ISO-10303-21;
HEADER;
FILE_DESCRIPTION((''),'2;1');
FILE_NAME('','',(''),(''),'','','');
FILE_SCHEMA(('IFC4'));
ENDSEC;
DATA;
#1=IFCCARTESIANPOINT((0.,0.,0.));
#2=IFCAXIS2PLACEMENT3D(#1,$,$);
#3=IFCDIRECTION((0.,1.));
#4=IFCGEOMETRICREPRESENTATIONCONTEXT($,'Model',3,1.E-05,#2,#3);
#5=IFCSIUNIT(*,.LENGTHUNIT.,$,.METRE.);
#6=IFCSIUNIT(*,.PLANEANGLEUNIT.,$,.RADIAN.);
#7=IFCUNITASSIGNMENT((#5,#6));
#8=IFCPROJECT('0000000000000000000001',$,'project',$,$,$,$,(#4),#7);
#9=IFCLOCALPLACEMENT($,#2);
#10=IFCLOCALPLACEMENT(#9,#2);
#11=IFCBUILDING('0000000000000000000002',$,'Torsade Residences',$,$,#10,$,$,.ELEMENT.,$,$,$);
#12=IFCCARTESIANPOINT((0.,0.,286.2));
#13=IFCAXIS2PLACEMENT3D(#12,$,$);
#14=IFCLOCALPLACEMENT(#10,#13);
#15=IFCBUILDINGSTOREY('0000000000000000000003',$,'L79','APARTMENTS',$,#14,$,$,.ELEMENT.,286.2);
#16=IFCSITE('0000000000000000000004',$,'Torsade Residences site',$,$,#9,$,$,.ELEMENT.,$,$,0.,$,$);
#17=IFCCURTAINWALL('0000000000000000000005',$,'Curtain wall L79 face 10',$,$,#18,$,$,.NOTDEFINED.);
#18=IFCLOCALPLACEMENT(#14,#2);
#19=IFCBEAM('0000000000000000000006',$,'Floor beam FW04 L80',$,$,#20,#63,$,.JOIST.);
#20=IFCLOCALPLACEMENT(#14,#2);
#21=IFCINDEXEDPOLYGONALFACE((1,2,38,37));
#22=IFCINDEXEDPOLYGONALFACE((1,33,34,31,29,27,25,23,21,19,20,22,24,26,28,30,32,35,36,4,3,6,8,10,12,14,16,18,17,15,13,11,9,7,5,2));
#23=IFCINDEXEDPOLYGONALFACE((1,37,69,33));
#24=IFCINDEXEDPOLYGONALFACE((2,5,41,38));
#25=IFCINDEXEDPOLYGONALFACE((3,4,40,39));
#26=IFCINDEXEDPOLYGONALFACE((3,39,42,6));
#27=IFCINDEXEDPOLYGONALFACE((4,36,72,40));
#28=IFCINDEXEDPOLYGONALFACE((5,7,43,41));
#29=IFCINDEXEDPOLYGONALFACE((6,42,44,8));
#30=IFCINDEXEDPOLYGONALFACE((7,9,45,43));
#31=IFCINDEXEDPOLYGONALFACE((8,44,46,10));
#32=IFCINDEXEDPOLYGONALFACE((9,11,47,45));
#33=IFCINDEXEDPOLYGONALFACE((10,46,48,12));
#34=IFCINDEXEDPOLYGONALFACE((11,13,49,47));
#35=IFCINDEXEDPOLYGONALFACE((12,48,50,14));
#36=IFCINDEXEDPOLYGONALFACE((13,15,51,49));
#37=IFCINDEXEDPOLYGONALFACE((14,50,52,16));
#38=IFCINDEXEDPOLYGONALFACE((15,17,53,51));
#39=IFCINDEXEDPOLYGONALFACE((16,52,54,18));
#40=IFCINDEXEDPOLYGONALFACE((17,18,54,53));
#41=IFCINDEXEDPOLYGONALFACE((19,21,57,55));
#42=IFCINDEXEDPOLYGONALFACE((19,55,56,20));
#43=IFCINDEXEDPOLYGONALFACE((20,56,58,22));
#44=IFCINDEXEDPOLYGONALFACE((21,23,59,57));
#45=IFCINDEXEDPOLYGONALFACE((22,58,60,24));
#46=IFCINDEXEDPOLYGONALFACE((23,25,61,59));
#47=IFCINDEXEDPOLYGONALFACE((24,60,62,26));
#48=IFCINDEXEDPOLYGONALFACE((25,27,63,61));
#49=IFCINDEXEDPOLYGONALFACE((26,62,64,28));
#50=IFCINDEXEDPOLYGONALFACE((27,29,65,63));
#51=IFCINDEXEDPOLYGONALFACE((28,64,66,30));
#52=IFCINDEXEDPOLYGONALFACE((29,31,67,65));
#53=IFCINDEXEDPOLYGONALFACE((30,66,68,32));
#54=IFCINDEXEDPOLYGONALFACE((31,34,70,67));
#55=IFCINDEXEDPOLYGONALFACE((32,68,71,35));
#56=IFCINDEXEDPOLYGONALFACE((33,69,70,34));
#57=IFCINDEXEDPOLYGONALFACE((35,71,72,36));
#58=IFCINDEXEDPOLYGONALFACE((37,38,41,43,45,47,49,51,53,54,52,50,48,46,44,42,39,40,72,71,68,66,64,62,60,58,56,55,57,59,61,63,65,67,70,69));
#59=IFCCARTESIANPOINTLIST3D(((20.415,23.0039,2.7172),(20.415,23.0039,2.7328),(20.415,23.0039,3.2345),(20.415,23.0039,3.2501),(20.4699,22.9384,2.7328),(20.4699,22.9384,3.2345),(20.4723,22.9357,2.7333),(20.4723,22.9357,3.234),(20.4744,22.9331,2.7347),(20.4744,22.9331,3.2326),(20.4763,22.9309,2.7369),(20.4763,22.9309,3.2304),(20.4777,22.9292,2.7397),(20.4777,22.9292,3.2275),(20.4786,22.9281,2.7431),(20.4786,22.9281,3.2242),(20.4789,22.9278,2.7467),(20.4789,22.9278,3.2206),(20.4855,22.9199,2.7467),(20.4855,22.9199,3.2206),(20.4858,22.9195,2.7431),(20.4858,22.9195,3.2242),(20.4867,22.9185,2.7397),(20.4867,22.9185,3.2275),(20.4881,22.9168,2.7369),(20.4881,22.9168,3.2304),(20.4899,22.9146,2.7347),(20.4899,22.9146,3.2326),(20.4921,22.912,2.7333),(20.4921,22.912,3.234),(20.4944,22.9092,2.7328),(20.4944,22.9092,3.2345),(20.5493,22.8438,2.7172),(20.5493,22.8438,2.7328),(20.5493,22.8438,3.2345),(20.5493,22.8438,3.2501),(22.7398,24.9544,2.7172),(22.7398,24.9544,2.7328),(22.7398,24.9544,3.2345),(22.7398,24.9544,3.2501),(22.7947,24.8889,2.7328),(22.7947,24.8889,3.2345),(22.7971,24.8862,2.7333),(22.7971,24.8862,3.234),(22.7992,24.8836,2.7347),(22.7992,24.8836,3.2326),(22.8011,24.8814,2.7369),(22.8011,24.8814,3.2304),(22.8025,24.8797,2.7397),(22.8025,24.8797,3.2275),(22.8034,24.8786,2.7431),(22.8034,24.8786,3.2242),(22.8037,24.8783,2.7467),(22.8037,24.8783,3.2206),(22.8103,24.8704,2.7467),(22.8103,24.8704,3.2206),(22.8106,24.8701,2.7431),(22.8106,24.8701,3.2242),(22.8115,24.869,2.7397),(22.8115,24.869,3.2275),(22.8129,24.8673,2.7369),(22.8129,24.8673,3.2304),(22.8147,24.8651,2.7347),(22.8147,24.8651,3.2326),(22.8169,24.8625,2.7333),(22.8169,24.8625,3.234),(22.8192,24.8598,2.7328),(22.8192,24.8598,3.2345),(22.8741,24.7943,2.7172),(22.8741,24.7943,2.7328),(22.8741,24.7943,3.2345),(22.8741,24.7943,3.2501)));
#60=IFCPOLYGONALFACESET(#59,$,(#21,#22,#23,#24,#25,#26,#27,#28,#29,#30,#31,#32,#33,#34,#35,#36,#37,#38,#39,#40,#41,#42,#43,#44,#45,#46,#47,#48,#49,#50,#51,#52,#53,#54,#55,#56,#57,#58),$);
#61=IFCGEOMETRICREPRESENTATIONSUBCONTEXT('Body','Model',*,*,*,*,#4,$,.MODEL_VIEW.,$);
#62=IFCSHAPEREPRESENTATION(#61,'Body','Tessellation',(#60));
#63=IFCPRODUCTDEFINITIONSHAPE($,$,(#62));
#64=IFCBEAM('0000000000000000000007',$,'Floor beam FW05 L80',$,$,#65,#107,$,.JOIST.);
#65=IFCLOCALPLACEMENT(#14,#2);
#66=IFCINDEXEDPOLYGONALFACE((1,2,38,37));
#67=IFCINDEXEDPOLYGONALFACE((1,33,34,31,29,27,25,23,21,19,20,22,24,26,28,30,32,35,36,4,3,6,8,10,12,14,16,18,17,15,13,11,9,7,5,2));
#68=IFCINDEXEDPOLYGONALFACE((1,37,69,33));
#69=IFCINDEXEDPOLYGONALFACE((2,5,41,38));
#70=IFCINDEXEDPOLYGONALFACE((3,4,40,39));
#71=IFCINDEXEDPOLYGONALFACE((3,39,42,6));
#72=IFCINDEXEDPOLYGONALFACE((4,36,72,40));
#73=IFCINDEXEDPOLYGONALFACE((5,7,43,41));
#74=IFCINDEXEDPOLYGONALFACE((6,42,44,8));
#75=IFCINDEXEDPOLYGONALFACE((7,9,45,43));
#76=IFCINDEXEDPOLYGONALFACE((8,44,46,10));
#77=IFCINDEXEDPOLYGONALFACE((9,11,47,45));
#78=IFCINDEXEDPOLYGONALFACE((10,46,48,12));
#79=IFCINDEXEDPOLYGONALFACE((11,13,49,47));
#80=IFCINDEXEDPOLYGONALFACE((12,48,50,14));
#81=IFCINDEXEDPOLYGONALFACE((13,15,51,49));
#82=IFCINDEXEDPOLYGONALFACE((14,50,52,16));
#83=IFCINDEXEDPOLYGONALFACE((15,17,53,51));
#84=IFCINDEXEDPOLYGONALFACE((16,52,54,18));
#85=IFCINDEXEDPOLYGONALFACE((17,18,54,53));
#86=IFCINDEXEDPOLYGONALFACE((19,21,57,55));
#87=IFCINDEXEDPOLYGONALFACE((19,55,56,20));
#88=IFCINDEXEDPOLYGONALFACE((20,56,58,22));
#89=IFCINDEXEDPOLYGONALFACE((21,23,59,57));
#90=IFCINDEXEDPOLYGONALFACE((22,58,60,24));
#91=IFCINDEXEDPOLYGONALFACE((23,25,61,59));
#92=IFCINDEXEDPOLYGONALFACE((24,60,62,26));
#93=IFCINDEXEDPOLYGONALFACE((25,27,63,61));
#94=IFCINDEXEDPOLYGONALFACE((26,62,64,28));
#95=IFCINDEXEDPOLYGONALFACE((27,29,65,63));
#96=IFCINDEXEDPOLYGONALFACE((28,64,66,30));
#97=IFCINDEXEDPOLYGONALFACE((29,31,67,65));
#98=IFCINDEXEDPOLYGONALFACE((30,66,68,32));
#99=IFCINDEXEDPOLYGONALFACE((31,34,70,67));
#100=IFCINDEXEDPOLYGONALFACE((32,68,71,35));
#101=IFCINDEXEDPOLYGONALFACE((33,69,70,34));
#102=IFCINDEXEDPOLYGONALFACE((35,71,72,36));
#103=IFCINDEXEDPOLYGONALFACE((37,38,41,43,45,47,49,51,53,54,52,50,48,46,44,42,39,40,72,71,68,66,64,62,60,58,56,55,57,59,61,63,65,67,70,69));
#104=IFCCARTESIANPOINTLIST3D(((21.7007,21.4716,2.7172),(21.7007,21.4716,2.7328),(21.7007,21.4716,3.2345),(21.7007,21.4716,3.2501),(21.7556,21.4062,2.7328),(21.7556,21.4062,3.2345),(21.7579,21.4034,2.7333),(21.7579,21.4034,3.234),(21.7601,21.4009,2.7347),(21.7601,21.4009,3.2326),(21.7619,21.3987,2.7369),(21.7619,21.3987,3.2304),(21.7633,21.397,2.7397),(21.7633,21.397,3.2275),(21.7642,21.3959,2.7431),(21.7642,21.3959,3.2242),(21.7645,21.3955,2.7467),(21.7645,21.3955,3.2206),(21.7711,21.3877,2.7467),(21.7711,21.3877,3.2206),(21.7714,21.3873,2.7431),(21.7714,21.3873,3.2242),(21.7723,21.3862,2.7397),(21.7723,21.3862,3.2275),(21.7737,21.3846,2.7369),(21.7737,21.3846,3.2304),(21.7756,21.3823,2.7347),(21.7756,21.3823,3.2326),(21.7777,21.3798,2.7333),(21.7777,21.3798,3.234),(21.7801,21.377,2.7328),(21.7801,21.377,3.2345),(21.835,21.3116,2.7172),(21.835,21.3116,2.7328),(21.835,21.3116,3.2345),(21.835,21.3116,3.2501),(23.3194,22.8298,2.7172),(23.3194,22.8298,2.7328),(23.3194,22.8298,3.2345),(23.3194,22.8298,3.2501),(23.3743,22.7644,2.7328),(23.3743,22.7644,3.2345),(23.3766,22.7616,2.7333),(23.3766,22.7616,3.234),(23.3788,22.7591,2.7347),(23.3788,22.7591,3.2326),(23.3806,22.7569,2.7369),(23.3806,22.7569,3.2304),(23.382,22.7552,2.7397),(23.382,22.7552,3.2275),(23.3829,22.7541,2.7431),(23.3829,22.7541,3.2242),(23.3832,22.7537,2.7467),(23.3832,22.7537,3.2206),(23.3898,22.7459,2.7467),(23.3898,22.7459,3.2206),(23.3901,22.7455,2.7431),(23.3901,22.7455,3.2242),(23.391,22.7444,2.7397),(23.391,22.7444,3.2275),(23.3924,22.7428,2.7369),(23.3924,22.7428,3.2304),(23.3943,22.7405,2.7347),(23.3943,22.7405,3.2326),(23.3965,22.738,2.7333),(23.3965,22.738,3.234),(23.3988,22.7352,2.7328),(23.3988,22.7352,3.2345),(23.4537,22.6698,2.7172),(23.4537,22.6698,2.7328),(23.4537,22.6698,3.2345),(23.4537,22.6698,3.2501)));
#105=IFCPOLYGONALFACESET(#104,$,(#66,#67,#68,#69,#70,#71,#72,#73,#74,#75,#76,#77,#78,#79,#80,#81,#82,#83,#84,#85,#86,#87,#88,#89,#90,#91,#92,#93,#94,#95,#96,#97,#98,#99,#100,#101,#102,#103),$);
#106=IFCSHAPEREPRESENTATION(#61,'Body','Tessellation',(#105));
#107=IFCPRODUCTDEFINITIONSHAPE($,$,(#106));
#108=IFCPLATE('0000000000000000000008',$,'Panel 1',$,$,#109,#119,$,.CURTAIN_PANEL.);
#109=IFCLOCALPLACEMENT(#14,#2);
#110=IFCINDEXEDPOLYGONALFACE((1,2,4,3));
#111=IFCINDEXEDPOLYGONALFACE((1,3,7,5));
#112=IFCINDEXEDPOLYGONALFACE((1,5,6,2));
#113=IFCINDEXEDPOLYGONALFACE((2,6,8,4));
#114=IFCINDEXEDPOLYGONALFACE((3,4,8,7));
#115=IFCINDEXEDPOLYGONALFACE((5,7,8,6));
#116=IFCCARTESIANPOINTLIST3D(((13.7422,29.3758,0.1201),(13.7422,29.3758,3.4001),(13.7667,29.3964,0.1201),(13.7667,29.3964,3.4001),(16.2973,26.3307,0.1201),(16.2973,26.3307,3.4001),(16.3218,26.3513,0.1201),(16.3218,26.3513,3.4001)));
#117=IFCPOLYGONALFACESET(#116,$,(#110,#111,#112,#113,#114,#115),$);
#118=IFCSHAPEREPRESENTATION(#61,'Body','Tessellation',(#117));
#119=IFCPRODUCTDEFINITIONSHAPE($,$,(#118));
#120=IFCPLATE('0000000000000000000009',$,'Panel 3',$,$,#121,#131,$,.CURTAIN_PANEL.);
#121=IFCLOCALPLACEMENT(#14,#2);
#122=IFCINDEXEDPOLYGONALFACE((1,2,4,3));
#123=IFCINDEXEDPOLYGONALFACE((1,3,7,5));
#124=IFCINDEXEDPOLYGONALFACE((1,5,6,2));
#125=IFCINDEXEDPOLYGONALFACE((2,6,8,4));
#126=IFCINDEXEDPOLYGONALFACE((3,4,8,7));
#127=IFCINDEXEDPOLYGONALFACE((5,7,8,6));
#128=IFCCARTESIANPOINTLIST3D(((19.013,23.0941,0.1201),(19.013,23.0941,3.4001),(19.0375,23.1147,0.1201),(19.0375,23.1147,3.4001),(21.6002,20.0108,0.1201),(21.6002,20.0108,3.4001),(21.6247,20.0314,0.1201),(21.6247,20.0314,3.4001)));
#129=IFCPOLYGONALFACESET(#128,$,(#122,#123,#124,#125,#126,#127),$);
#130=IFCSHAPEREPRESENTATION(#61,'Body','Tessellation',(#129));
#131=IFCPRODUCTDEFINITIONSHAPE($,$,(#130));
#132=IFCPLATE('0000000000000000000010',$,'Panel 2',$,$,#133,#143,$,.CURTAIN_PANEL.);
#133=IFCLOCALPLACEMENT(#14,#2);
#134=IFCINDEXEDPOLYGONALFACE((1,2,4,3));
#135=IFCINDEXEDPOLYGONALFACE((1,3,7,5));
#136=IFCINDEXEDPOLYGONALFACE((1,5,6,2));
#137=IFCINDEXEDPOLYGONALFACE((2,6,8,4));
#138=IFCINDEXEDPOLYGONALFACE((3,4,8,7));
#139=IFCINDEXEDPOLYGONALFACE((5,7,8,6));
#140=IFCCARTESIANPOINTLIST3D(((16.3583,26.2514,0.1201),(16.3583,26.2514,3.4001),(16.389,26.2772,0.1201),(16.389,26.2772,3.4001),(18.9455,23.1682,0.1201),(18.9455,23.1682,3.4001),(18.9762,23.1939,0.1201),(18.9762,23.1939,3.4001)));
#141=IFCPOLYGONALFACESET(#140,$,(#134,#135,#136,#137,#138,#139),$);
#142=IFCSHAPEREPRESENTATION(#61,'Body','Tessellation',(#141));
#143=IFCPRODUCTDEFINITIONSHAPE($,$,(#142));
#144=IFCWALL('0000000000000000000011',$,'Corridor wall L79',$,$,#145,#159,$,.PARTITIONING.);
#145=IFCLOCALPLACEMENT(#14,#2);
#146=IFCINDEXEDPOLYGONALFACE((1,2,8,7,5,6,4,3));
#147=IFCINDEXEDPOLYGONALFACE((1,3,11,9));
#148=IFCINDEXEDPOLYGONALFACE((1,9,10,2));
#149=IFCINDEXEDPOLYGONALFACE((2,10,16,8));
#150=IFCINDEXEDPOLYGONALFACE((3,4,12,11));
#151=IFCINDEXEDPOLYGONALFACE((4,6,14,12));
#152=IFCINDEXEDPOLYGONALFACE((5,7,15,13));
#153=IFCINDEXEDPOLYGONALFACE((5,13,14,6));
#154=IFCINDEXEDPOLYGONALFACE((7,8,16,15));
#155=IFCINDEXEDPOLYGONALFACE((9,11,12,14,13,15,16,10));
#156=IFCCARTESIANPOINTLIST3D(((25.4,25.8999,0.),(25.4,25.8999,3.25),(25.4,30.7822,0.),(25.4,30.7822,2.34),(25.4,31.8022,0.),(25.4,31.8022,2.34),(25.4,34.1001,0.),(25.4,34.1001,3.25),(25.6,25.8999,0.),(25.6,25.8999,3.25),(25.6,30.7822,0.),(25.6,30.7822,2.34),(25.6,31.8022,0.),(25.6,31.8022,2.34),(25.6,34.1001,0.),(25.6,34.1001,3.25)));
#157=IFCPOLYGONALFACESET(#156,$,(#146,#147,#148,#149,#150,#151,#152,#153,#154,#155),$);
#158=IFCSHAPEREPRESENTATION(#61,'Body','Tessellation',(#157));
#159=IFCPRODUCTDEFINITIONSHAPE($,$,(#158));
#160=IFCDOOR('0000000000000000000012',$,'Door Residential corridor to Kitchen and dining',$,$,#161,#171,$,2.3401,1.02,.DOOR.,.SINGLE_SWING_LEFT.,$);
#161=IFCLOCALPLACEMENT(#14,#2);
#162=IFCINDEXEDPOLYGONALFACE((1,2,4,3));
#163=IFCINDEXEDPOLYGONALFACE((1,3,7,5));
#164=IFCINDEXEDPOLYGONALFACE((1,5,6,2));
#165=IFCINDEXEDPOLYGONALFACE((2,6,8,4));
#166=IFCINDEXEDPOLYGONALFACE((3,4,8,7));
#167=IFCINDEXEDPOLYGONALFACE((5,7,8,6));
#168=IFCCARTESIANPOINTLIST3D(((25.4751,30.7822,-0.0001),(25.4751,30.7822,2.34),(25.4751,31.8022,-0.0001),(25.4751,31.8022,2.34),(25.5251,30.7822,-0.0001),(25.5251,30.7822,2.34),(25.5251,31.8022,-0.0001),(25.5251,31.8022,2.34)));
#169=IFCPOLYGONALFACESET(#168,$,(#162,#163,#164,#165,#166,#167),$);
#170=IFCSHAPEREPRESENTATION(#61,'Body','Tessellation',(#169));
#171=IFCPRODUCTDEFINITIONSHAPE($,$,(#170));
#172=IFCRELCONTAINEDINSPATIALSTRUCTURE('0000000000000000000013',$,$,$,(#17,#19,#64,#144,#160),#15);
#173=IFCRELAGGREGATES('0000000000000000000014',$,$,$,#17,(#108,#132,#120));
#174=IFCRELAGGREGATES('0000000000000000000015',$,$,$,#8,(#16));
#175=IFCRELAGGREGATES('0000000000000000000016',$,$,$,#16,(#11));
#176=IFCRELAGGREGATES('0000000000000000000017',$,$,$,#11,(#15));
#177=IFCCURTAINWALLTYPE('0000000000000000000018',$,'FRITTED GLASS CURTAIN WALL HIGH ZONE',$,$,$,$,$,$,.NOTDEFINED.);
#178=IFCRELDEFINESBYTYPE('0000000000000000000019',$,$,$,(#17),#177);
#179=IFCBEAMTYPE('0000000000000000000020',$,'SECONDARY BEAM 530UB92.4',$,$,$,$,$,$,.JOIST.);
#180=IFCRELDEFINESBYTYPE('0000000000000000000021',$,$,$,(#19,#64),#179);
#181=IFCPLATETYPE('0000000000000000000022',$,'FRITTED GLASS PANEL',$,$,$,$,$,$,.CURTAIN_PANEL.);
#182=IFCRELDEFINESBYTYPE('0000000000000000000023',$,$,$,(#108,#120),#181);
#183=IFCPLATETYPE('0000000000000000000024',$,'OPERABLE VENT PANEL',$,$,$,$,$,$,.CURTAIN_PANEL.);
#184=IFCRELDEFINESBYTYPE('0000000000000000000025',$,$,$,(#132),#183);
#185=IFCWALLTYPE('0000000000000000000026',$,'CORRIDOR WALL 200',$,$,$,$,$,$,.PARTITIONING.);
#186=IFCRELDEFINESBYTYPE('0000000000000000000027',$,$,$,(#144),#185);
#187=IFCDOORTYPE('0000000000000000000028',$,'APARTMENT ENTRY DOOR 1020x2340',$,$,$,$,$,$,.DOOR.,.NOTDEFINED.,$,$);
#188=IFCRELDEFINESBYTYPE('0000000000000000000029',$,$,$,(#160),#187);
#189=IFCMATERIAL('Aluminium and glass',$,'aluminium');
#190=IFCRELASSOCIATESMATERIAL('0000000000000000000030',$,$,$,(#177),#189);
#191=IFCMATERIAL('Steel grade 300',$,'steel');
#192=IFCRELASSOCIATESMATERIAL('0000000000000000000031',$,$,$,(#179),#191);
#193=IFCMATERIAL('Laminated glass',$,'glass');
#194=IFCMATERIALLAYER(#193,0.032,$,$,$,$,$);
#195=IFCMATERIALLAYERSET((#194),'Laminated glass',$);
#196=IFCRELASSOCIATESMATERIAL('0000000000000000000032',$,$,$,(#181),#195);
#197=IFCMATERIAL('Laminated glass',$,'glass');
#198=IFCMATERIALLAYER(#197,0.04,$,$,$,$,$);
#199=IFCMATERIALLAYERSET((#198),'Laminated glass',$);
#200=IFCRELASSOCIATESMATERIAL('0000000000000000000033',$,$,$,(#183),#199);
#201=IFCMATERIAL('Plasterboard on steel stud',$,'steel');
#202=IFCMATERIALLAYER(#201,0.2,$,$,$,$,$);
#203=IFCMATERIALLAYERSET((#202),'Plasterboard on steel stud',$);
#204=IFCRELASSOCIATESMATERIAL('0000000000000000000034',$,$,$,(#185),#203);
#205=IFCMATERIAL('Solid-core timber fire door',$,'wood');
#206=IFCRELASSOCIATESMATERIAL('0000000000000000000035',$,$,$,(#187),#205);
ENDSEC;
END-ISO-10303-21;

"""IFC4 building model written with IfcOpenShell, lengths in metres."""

from ifc_helpers import new_model, si_unit, direction, frame, frame_2d, origin, origin_2d, place, context, subcontext, project, spatial, rectangle, i_section, extrude, material, layer, layer_set, material_profile, profile_set, type_object, element, fill, aggregate, save


model = new_model("IFC4")

# Units and contexts
model_context = context("Model", 3, precision=1e-05, world=origin(), true_north=direction((0.0, 1.0)))
body_context = subcontext(model_context, "Body", "Model", "MODEL_VIEW")
ifc_project = project(units=[si_unit("LENGTHUNIT", "METRE"), si_unit("PLANEANGLEUNIT", "RADIAN")], contexts=[model_context])

# Site, building, storey
site_placement = place(None, origin())
site = spatial("IfcSite", under=ifc_project, at=site_placement, Name="Torsade Residences site", CompositionType="ELEMENT", RefElevation=0.0)
building_placement = place(site_placement, origin())
building = spatial("IfcBuilding", under=site, at=building_placement, Name="Torsade Residences", CompositionType="ELEMENT")
storey_placement = place(building_placement, frame((0.0, 0.0, 286.2)))
storey = spatial("IfcBuildingStorey", under=building, at=storey_placement, Name="L79", Description="APARTMENTS", CompositionType="ELEMENT", Elevation=286.2)

# Curtain wall
ifc_material_1 = material(Name="Aluminium and glass", Category="aluminium")
curtain_wall_type = type_object("IfcCurtainWallType", Name="FRITTED GLASS CURTAIN WALL HIGH ZONE", PredefinedType="NOTDEFINED", material=ifc_material_1)
curtain_wall_placement = place(storey_placement, origin())
curtain_wall = element("IfcCurtainWall", 1, at=curtain_wall_placement, inside=storey, type_object=curtain_wall_type, Name="Curtain wall L79 face 10", PredefinedType="NOTDEFINED")

# Beams
ifc_material_2 = material(Name="Steel grade 300", Category="steel")
ifc_material_profile_1 = material_profile(ifc_material_2, i_section(OverallWidth=0.209, OverallDepth=0.533, WebThickness=0.0103, FlangeThickness=0.0156, FilletRadius=0.0139, at=origin_2d()), Name="530UB92.4")
ifc_profile_set_1 = profile_set([ifc_material_profile_1], Name="Steel grade 300")
beam_type_1 = type_object("IfcBeamType", Name="SECONDARY BEAM 530UB92.4", PredefinedType="JOIST", material=ifc_profile_set_1)
beam_1_placement = place(storey_placement, frame((20.4822, 22.9238, 2.9836), z_axis=(0.76608, 0.642745, 0.0), x_axis=(-0.642745, 0.76608, 0.0)))
element("IfcBeam", 2, at=beam_1_placement, inside=storey, type_object=beam_type_1, Name="Floor beam FW04 L80", PredefinedType="JOIST", context=body_context, shape_type="SweptSolid", body=[
    extrude(i_section(OverallWidth=0.209, OverallDepth=0.533, WebThickness=0.0103, FlangeThickness=0.0156, FilletRadius=0.0139, at=origin_2d()), origin(), (0.0, 0.0, 1.0), 3.0347),
])
beam_2_placement = place(storey_placement, frame((21.7678, 21.3916, 2.9836), z_axis=(0.766058, 0.642772, 0.0), x_axis=(-0.642772, 0.766058, 0.0)))
element("IfcBeam", 3, at=beam_2_placement, inside=storey, type_object=beam_type_1, Name="Floor beam FW05 L80", PredefinedType="JOIST", context=body_context, shape_type="SweptSolid", body=[
    extrude(i_section(OverallWidth=0.209, OverallDepth=0.533, WebThickness=0.0103, FlangeThickness=0.0156, FilletRadius=0.0139, at=origin_2d()), origin(), (0.0, 0.0, 1.0), 2.113),
])

# Plates
ifc_material_3 = material(Name="Laminated glass", Category="glass")
ifc_layer_1 = layer(ifc_material_3, 0.032)
ifc_layer_set_1 = layer_set([ifc_layer_1], Name="Laminated glass")
plate_type_1 = type_object("IfcPlateType", Name="FRITTED GLASS PANEL", PredefinedType="CURTAIN_PANEL", material=ifc_layer_set_1)
plate_1_placement = place(storey_placement, frame((15.032, 27.8635, 0.1201), z_axis=(0.0, 0.0, 1.0), x_axis=(0.642788, -0.766044, 0.0)))
plate_1 = element("IfcPlate", 4, at=plate_1_placement, type_object=plate_type_1, Name="Panel 1", PredefinedType="CURTAIN_PANEL", context=body_context, shape_type="SweptSolid", body=[
    extrude(rectangle(XDim=3.9751, YDim=0.032, at=origin_2d()), origin(), (0.0, 0.0, 1.0), 3.28),
])
plate_2_placement = place(storey_placement, frame((20.3188, 21.5627, 0.1201), z_axis=(0.0, 0.0, 1.0), x_axis=(0.642788, -0.766044, 0.0)))
plate_2 = element("IfcPlate", 5, at=plate_2_placement, type_object=plate_type_1, Name="Panel 3", PredefinedType="CURTAIN_PANEL", context=body_context, shape_type="SweptSolid", body=[
    extrude(rectangle(XDim=4.0249, YDim=0.032, at=origin_2d()), origin(), (0.0, 0.0, 1.0), 3.28),
])
ifc_material_4 = material(Name="Laminated glass", Category="glass")
ifc_layer_2 = layer(ifc_material_4, 0.04)
ifc_layer_set_2 = layer_set([ifc_layer_2], Name="Laminated glass")
plate_type_2 = type_object("IfcPlateType", Name="OPERABLE VENT PANEL", PredefinedType="CURTAIN_PANEL", material=ifc_layer_set_2)
plate_3_placement = place(storey_placement, frame((17.6672, 24.7227, 0.1201), z_axis=(0.0, 0.0, 1.0), x_axis=(0.642788, -0.766044, 0.0)))
plate_3 = element("IfcPlate", 6, at=plate_3_placement, type_object=plate_type_2, Name="Panel 2", PredefinedType="CURTAIN_PANEL", context=body_context, shape_type="SweptSolid", body=[
    extrude(rectangle(XDim=4.0249, YDim=0.04, at=origin_2d()), origin(), (0.0, 0.0, 1.0), 3.28),
])
aggregate(curtain_wall, [plate_1, plate_3, plate_2])

# Wall, opening, door
ifc_material_5 = material(Name="Plasterboard on steel stud", Category="steel")
ifc_layer_3 = layer(ifc_material_5, 0.2)
ifc_layer_set_3 = layer_set([ifc_layer_3], Name="Plasterboard on steel stud")
wall_type_1 = type_object("IfcWallType", Name="CORRIDOR WALL 200", PredefinedType="PARTITIONING", material=ifc_layer_set_3)
wall_1_placement = place(storey_placement, frame((25.5, 25.8999, 0.0), z_axis=(0.0, 0.0, 1.0), x_axis=(0.0, 1.0, 0.0)))
wall_1 = element("IfcWall", 7, at=wall_1_placement, inside=storey, type_object=wall_type_1, Name="Corridor wall L79", PredefinedType="PARTITIONING", context=body_context, shape_type="SweptSolid", body=[
    extrude(rectangle(XDim=8.2002, YDim=0.2, at=frame_2d((4.1001, 0.0))), origin(), (0.0, 0.0, 1.0), 3.25),
])
opening_1_placement = place(wall_1_placement, frame((4.8823, 0.0, 0.0)))
opening_1 = element("IfcOpeningElement", 8, at=opening_1_placement, cuts=wall_1, PredefinedType="OPENING", context=body_context, shape_type="SweptSolid", body=[
    extrude(rectangle(XDim=1.02, YDim=2.3401, at=frame_2d((0.51, 1.1699))), frame((0.0, 0.1099, 0.0), z_axis=(0.0, -1.0, 0.0), x_axis=(1.0, 0.0, 0.0)), (0.0, 0.0, 1.0), 0.22),
])
ifc_material_6 = material(Name="Solid-core timber fire door", Category="wood")
door_type_1 = type_object("IfcDoorType", Name="APARTMENT ENTRY DOOR 1020x2340", OperationType="NOTDEFINED", PredefinedType="DOOR", material=ifc_material_6)
door_1_placement = place(opening_1_placement, origin())
door_1 = element("IfcDoor", 9, at=door_1_placement, inside=storey, type_object=door_type_1, Name="Door Residential corridor to Kitchen and dining", OperationType="SINGLE_SWING_LEFT", OverallHeight=2.3401, OverallWidth=1.02, PredefinedType="DOOR", context=body_context, shape_type="SweptSolid", body=[
    extrude(rectangle(XDim=1.02, YDim=2.3401, at=frame_2d((0.51, 1.1699))), frame((0.0, 0.0249, 0.0), z_axis=(0.0, -1.0, 0.0), x_axis=(1.0, 0.0, 0.0)), (0.0, 0.0, 1.0), 0.05),
])
fill(opening_1, door_1)

save(model, "model.ifc")
